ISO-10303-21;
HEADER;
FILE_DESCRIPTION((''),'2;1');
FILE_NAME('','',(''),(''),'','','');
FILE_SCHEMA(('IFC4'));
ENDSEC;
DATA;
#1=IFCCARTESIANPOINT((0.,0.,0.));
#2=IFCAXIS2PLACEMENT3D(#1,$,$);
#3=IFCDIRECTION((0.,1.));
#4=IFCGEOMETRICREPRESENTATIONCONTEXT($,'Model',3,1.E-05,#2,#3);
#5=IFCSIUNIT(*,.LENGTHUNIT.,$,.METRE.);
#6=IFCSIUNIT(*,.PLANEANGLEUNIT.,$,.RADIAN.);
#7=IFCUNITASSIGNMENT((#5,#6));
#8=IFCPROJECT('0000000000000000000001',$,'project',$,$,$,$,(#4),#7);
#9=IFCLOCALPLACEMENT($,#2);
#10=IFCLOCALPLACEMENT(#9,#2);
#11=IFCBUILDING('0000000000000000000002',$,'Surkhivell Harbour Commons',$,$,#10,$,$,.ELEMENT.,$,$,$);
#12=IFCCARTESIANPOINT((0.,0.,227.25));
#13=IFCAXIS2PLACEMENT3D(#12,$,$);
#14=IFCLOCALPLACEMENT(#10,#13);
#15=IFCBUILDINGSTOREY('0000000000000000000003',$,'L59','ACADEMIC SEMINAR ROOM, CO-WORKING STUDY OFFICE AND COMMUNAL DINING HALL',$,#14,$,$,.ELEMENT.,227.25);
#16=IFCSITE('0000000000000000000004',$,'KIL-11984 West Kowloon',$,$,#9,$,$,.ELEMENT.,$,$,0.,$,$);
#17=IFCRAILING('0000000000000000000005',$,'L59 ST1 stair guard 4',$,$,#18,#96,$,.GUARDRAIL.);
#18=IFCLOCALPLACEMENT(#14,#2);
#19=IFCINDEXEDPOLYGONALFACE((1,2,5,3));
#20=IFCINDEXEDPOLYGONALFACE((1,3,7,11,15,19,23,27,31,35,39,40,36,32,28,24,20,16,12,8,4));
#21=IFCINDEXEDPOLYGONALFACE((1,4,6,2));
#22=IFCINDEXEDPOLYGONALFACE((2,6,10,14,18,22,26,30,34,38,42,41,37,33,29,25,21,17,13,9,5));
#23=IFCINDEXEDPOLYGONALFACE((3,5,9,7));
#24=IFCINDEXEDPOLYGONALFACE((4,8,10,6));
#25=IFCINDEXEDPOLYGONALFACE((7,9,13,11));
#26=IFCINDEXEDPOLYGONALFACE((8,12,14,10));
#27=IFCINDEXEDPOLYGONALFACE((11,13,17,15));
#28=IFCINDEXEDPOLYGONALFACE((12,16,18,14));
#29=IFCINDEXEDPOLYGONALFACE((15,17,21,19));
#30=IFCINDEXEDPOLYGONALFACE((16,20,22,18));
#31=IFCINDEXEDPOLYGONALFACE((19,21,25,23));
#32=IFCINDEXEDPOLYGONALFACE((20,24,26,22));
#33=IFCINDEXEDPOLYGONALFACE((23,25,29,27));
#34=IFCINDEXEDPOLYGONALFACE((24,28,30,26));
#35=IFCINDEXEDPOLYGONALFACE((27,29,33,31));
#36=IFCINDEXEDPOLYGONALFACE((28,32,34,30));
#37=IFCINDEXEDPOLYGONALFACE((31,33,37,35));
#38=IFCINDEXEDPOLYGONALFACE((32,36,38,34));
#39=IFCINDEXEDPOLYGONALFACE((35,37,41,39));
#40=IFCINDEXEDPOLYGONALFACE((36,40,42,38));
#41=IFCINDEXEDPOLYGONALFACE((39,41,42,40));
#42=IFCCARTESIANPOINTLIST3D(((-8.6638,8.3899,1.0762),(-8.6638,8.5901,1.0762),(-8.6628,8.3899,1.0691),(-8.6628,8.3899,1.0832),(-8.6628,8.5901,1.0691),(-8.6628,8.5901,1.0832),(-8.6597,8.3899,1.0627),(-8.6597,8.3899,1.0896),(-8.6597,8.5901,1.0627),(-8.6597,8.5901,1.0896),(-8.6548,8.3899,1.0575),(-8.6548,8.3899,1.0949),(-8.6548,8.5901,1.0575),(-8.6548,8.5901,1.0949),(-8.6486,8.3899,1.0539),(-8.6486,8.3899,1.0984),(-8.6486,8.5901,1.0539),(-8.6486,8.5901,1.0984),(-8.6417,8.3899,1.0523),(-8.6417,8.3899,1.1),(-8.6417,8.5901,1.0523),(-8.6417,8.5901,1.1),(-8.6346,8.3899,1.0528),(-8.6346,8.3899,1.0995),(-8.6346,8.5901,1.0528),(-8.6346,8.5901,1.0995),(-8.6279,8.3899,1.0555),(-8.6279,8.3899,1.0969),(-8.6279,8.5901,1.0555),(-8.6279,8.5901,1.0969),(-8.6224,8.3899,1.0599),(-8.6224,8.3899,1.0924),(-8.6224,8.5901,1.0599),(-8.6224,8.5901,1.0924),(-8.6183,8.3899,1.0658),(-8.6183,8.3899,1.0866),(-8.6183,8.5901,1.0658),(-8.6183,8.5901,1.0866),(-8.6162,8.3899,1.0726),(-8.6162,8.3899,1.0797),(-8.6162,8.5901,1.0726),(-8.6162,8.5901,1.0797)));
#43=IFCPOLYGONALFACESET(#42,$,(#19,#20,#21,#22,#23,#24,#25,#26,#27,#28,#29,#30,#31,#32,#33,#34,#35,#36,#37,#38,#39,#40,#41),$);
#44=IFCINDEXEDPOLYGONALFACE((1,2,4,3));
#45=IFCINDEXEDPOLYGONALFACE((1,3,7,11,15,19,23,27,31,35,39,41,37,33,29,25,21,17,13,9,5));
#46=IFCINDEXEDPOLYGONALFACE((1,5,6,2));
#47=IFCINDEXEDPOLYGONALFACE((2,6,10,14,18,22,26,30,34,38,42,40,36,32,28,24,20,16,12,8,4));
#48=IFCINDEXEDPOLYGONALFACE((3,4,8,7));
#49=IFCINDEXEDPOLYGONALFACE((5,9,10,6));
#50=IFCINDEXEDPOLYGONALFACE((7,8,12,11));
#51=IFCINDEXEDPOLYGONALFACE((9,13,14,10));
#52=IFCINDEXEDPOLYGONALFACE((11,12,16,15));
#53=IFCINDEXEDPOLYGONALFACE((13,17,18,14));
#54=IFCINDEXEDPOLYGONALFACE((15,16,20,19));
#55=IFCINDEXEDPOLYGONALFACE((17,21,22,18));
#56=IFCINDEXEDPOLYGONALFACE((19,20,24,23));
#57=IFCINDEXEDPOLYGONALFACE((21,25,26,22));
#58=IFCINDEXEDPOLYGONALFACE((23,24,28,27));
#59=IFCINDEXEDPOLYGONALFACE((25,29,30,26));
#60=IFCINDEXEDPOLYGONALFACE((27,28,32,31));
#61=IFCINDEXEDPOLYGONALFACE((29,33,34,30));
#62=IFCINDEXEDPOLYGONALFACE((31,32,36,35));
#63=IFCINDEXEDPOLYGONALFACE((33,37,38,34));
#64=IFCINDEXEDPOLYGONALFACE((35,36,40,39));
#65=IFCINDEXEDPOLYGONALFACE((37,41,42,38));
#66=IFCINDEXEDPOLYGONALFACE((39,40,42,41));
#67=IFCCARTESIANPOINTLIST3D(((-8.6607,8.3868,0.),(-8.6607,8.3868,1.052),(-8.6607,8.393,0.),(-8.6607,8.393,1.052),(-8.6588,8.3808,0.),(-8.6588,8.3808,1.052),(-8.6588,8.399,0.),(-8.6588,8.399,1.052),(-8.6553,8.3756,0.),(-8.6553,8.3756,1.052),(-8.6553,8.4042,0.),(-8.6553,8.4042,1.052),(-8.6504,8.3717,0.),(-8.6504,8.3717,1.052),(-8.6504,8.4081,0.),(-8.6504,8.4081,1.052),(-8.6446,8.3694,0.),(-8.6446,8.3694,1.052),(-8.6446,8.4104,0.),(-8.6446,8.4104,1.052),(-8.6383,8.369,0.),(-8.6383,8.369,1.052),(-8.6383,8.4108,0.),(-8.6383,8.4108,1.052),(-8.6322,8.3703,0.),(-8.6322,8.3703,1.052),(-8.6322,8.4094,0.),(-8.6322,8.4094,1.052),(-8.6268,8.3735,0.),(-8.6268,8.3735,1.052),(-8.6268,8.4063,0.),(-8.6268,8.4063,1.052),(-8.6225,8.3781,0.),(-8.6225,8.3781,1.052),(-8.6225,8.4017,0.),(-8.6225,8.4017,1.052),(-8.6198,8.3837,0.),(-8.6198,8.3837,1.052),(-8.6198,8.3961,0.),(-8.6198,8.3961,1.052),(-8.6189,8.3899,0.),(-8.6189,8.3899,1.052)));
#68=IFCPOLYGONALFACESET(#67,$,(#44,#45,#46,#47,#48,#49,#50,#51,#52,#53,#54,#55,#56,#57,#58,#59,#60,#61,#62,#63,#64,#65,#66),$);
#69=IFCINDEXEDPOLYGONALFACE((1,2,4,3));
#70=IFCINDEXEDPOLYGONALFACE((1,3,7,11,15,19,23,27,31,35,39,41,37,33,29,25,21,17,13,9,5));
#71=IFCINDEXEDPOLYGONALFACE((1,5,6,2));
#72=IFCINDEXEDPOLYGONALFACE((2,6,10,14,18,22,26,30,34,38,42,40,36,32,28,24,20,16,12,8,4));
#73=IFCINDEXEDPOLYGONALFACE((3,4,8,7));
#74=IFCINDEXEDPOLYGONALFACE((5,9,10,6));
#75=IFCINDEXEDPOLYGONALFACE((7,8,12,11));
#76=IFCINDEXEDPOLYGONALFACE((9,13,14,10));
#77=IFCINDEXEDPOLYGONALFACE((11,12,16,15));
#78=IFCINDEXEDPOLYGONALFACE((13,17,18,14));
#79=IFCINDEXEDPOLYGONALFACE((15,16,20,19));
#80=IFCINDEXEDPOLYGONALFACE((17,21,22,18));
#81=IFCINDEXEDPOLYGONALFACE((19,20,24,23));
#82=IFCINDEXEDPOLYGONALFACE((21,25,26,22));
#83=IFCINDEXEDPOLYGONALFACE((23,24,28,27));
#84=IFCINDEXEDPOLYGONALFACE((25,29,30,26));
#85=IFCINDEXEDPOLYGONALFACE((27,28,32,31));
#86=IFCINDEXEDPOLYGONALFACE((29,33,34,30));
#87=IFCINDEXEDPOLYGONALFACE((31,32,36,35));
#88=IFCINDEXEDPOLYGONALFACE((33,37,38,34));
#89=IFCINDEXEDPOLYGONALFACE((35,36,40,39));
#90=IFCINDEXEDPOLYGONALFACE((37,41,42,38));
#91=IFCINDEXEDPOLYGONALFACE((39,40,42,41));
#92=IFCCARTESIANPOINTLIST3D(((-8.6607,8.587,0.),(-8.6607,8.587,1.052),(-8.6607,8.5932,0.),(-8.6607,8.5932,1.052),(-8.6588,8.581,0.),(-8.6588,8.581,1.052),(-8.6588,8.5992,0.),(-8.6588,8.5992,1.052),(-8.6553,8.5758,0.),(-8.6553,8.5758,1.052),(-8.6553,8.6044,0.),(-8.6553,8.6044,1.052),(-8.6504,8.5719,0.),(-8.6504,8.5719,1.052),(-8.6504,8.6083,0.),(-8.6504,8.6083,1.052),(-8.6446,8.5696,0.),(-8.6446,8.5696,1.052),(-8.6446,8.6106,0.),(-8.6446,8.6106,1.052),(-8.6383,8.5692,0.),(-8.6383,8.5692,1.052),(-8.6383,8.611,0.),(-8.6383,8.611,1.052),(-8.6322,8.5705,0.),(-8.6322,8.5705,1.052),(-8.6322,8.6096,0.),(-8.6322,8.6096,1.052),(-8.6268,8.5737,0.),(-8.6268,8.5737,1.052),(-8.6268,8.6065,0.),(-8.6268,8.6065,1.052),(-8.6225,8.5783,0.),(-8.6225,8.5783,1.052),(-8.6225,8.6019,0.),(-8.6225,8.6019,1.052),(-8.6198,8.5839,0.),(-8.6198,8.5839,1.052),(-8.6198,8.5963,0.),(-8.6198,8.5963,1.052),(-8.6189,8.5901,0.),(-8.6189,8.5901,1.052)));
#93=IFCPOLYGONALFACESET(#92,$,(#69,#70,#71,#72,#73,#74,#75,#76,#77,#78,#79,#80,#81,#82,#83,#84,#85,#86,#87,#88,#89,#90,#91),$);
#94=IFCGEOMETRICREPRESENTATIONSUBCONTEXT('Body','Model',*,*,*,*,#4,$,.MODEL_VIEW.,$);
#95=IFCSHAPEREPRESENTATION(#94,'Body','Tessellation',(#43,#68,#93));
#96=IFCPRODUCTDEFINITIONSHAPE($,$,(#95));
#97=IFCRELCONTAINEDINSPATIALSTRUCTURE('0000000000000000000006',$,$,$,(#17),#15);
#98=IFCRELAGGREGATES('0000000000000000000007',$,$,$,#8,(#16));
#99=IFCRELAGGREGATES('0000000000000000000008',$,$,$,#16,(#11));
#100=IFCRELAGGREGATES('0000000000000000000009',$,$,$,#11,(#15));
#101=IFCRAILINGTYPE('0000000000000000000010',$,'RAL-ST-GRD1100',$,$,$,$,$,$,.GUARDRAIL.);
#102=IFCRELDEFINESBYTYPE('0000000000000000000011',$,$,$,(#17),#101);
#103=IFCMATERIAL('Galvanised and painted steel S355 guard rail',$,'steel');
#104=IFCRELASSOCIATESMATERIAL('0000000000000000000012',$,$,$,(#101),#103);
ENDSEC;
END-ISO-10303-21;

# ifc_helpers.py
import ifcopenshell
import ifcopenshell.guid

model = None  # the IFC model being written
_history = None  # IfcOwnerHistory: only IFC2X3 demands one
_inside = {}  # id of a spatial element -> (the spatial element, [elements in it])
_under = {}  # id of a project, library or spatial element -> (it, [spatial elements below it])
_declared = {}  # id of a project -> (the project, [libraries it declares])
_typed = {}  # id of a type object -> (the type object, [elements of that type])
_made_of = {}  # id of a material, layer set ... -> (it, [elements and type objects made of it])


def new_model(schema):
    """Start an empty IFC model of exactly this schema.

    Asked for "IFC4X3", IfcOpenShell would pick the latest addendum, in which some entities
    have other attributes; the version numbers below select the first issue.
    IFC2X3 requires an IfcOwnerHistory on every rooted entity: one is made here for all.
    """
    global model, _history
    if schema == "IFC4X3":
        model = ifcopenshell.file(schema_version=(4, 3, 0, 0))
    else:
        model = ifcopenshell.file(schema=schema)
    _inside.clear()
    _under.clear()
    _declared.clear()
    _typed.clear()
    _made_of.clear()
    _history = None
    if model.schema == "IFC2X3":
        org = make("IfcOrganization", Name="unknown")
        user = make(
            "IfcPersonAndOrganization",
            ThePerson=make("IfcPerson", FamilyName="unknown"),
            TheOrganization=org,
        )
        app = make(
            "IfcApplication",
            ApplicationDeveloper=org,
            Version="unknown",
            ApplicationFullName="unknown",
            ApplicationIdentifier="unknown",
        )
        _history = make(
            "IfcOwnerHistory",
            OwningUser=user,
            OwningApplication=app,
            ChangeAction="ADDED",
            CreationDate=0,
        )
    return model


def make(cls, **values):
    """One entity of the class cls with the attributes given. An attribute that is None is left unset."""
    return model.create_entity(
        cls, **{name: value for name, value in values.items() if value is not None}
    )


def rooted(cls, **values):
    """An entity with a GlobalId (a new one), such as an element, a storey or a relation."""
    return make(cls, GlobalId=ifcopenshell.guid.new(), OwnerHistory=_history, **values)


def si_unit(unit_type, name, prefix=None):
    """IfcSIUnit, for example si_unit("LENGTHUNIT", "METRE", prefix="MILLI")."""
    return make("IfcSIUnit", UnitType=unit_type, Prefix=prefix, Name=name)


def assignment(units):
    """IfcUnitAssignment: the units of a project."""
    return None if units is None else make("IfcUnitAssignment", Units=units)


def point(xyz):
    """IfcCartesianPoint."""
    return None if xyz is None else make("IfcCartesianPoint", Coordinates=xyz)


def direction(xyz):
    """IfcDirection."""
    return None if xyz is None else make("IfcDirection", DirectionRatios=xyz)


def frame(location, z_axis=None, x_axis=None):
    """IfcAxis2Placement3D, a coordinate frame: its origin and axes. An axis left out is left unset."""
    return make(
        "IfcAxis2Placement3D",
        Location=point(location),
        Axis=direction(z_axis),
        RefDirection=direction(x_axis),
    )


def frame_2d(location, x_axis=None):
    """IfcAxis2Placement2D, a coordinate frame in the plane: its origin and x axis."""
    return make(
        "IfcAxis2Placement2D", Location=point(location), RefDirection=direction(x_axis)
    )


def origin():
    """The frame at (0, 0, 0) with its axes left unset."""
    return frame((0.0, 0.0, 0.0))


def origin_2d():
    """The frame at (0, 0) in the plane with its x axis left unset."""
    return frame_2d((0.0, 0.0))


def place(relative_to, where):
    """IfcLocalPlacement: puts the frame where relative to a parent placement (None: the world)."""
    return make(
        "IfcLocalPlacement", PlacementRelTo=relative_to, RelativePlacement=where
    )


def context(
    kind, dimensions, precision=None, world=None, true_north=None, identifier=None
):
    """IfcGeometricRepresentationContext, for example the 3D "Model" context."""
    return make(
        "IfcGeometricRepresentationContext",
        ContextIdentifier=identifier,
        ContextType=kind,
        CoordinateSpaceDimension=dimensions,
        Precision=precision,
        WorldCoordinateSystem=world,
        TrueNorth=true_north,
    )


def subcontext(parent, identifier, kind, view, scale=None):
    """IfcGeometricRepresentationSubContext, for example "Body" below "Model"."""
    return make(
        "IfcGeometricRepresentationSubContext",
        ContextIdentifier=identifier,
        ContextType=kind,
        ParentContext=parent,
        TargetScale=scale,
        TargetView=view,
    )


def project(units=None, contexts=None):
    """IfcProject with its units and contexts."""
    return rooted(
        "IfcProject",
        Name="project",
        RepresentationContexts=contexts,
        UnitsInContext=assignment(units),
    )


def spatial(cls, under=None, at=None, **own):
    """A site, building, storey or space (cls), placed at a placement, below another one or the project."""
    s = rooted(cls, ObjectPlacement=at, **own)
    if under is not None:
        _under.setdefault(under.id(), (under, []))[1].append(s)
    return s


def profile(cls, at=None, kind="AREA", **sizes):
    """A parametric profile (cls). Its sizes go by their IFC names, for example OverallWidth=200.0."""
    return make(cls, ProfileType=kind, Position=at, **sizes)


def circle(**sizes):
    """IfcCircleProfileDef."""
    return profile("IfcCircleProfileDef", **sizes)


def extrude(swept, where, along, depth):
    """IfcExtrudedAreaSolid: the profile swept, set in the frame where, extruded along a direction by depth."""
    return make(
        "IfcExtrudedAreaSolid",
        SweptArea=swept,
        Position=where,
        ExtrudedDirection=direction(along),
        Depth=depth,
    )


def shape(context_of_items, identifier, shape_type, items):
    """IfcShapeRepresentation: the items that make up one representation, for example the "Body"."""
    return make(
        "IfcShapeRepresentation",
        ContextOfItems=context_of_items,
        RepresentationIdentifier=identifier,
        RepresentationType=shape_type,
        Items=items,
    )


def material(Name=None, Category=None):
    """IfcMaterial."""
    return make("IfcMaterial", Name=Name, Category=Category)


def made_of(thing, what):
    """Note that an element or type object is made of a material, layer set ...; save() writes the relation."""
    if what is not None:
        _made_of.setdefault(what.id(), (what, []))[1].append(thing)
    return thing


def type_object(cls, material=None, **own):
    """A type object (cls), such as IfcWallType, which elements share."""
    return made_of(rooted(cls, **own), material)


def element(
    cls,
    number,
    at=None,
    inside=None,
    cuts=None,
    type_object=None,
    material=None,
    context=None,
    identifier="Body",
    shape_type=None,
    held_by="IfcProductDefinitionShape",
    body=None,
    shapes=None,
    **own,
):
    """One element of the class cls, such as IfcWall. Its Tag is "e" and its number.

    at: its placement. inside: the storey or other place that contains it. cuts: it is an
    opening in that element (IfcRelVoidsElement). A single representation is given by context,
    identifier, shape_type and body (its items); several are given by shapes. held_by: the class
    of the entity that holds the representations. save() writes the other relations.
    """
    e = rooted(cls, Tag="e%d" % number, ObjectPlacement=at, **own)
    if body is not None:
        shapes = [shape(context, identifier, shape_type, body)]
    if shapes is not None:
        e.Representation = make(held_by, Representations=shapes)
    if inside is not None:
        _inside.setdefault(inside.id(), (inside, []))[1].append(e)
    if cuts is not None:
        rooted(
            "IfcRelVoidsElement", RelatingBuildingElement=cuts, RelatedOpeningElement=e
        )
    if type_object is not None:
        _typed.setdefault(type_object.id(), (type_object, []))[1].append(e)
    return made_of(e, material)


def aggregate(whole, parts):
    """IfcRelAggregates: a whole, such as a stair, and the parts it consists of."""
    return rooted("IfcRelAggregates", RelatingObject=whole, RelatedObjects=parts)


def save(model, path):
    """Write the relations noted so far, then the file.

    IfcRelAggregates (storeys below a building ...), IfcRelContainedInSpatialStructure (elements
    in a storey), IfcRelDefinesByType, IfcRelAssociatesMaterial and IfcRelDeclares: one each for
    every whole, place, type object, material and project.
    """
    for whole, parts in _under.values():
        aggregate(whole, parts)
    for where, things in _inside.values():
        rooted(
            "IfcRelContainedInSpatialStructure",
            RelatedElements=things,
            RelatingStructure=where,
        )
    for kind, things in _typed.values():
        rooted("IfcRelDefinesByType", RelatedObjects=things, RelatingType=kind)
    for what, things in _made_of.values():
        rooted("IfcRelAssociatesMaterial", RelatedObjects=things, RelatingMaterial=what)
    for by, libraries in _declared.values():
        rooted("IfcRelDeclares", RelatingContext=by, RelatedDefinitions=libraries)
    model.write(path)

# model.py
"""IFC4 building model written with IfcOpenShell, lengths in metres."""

from ifc_helpers import new_model, si_unit, direction, frame, origin, origin_2d, place, context, subcontext, project, spatial, circle, extrude, material, type_object, element, save


model = new_model("IFC4")

# Units and contexts
model_context = context("Model", 3, precision=1e-05, world=origin(), true_north=direction((0.0, 1.0)))
body_context = subcontext(model_context, "Body", "Model", "MODEL_VIEW")
ifc_project = project(units=[si_unit("LENGTHUNIT", "METRE"), si_unit("PLANEANGLEUNIT", "RADIAN")], contexts=[model_context])

# Site, building, storey
site_placement = place(None, origin())
site = spatial("IfcSite", under=ifc_project, at=site_placement, Name="KIL-11984 West Kowloon", CompositionType="ELEMENT", RefElevation=0.0)
building_placement = place(site_placement, origin())
building = spatial("IfcBuilding", under=site, at=building_placement, Name="Surkhivell Harbour Commons", CompositionType="ELEMENT")
storey_placement = place(building_placement, frame((0.0, 0.0, 227.25)))
storey = spatial("IfcBuildingStorey", under=building, at=storey_placement, Name="L59", Description="ACADEMIC SEMINAR ROOM, CO-WORKING STUDY OFFICE AND COMMUNAL DINING HALL", CompositionType="ELEMENT", Elevation=227.25)

# Railing
ifc_material_1 = material(Name="Galvanised and painted steel S355 guard rail", Category="steel")
railing_type_1 = type_object("IfcRailingType", Name="RAL-ST-GRD1100", PredefinedType="GUARDRAIL", material=ifc_material_1)
railing_1_placement = place(storey_placement, frame((-8.6399, 8.3899, 0.0)))
element("IfcRailing", 1, at=railing_1_placement, inside=storey, type_object=railing_type_1, Name="L59 ST1 stair guard 4", PredefinedType="GUARDRAIL", context=body_context, shape_type="SweptSolid", body=[
    extrude(circle(Radius=0.0239, at=origin_2d()), frame((0.0, 0.0, 1.0762), z_axis=(0.0, 1.0, 0.0), x_axis=(-1.0, 0.0, 0.0)), (0.0, 0.0, 1.0), 0.2002),
    extrude(circle(Radius=0.021, at=origin_2d()), origin(), (0.0, 0.0, 1.0), 1.052),
    extrude(circle(Radius=0.021, at=origin_2d()), frame((0.0, 0.2002, 0.0)), (0.0, 0.0, 1.0), 1.052),
])

save(model, "model.ifc")
